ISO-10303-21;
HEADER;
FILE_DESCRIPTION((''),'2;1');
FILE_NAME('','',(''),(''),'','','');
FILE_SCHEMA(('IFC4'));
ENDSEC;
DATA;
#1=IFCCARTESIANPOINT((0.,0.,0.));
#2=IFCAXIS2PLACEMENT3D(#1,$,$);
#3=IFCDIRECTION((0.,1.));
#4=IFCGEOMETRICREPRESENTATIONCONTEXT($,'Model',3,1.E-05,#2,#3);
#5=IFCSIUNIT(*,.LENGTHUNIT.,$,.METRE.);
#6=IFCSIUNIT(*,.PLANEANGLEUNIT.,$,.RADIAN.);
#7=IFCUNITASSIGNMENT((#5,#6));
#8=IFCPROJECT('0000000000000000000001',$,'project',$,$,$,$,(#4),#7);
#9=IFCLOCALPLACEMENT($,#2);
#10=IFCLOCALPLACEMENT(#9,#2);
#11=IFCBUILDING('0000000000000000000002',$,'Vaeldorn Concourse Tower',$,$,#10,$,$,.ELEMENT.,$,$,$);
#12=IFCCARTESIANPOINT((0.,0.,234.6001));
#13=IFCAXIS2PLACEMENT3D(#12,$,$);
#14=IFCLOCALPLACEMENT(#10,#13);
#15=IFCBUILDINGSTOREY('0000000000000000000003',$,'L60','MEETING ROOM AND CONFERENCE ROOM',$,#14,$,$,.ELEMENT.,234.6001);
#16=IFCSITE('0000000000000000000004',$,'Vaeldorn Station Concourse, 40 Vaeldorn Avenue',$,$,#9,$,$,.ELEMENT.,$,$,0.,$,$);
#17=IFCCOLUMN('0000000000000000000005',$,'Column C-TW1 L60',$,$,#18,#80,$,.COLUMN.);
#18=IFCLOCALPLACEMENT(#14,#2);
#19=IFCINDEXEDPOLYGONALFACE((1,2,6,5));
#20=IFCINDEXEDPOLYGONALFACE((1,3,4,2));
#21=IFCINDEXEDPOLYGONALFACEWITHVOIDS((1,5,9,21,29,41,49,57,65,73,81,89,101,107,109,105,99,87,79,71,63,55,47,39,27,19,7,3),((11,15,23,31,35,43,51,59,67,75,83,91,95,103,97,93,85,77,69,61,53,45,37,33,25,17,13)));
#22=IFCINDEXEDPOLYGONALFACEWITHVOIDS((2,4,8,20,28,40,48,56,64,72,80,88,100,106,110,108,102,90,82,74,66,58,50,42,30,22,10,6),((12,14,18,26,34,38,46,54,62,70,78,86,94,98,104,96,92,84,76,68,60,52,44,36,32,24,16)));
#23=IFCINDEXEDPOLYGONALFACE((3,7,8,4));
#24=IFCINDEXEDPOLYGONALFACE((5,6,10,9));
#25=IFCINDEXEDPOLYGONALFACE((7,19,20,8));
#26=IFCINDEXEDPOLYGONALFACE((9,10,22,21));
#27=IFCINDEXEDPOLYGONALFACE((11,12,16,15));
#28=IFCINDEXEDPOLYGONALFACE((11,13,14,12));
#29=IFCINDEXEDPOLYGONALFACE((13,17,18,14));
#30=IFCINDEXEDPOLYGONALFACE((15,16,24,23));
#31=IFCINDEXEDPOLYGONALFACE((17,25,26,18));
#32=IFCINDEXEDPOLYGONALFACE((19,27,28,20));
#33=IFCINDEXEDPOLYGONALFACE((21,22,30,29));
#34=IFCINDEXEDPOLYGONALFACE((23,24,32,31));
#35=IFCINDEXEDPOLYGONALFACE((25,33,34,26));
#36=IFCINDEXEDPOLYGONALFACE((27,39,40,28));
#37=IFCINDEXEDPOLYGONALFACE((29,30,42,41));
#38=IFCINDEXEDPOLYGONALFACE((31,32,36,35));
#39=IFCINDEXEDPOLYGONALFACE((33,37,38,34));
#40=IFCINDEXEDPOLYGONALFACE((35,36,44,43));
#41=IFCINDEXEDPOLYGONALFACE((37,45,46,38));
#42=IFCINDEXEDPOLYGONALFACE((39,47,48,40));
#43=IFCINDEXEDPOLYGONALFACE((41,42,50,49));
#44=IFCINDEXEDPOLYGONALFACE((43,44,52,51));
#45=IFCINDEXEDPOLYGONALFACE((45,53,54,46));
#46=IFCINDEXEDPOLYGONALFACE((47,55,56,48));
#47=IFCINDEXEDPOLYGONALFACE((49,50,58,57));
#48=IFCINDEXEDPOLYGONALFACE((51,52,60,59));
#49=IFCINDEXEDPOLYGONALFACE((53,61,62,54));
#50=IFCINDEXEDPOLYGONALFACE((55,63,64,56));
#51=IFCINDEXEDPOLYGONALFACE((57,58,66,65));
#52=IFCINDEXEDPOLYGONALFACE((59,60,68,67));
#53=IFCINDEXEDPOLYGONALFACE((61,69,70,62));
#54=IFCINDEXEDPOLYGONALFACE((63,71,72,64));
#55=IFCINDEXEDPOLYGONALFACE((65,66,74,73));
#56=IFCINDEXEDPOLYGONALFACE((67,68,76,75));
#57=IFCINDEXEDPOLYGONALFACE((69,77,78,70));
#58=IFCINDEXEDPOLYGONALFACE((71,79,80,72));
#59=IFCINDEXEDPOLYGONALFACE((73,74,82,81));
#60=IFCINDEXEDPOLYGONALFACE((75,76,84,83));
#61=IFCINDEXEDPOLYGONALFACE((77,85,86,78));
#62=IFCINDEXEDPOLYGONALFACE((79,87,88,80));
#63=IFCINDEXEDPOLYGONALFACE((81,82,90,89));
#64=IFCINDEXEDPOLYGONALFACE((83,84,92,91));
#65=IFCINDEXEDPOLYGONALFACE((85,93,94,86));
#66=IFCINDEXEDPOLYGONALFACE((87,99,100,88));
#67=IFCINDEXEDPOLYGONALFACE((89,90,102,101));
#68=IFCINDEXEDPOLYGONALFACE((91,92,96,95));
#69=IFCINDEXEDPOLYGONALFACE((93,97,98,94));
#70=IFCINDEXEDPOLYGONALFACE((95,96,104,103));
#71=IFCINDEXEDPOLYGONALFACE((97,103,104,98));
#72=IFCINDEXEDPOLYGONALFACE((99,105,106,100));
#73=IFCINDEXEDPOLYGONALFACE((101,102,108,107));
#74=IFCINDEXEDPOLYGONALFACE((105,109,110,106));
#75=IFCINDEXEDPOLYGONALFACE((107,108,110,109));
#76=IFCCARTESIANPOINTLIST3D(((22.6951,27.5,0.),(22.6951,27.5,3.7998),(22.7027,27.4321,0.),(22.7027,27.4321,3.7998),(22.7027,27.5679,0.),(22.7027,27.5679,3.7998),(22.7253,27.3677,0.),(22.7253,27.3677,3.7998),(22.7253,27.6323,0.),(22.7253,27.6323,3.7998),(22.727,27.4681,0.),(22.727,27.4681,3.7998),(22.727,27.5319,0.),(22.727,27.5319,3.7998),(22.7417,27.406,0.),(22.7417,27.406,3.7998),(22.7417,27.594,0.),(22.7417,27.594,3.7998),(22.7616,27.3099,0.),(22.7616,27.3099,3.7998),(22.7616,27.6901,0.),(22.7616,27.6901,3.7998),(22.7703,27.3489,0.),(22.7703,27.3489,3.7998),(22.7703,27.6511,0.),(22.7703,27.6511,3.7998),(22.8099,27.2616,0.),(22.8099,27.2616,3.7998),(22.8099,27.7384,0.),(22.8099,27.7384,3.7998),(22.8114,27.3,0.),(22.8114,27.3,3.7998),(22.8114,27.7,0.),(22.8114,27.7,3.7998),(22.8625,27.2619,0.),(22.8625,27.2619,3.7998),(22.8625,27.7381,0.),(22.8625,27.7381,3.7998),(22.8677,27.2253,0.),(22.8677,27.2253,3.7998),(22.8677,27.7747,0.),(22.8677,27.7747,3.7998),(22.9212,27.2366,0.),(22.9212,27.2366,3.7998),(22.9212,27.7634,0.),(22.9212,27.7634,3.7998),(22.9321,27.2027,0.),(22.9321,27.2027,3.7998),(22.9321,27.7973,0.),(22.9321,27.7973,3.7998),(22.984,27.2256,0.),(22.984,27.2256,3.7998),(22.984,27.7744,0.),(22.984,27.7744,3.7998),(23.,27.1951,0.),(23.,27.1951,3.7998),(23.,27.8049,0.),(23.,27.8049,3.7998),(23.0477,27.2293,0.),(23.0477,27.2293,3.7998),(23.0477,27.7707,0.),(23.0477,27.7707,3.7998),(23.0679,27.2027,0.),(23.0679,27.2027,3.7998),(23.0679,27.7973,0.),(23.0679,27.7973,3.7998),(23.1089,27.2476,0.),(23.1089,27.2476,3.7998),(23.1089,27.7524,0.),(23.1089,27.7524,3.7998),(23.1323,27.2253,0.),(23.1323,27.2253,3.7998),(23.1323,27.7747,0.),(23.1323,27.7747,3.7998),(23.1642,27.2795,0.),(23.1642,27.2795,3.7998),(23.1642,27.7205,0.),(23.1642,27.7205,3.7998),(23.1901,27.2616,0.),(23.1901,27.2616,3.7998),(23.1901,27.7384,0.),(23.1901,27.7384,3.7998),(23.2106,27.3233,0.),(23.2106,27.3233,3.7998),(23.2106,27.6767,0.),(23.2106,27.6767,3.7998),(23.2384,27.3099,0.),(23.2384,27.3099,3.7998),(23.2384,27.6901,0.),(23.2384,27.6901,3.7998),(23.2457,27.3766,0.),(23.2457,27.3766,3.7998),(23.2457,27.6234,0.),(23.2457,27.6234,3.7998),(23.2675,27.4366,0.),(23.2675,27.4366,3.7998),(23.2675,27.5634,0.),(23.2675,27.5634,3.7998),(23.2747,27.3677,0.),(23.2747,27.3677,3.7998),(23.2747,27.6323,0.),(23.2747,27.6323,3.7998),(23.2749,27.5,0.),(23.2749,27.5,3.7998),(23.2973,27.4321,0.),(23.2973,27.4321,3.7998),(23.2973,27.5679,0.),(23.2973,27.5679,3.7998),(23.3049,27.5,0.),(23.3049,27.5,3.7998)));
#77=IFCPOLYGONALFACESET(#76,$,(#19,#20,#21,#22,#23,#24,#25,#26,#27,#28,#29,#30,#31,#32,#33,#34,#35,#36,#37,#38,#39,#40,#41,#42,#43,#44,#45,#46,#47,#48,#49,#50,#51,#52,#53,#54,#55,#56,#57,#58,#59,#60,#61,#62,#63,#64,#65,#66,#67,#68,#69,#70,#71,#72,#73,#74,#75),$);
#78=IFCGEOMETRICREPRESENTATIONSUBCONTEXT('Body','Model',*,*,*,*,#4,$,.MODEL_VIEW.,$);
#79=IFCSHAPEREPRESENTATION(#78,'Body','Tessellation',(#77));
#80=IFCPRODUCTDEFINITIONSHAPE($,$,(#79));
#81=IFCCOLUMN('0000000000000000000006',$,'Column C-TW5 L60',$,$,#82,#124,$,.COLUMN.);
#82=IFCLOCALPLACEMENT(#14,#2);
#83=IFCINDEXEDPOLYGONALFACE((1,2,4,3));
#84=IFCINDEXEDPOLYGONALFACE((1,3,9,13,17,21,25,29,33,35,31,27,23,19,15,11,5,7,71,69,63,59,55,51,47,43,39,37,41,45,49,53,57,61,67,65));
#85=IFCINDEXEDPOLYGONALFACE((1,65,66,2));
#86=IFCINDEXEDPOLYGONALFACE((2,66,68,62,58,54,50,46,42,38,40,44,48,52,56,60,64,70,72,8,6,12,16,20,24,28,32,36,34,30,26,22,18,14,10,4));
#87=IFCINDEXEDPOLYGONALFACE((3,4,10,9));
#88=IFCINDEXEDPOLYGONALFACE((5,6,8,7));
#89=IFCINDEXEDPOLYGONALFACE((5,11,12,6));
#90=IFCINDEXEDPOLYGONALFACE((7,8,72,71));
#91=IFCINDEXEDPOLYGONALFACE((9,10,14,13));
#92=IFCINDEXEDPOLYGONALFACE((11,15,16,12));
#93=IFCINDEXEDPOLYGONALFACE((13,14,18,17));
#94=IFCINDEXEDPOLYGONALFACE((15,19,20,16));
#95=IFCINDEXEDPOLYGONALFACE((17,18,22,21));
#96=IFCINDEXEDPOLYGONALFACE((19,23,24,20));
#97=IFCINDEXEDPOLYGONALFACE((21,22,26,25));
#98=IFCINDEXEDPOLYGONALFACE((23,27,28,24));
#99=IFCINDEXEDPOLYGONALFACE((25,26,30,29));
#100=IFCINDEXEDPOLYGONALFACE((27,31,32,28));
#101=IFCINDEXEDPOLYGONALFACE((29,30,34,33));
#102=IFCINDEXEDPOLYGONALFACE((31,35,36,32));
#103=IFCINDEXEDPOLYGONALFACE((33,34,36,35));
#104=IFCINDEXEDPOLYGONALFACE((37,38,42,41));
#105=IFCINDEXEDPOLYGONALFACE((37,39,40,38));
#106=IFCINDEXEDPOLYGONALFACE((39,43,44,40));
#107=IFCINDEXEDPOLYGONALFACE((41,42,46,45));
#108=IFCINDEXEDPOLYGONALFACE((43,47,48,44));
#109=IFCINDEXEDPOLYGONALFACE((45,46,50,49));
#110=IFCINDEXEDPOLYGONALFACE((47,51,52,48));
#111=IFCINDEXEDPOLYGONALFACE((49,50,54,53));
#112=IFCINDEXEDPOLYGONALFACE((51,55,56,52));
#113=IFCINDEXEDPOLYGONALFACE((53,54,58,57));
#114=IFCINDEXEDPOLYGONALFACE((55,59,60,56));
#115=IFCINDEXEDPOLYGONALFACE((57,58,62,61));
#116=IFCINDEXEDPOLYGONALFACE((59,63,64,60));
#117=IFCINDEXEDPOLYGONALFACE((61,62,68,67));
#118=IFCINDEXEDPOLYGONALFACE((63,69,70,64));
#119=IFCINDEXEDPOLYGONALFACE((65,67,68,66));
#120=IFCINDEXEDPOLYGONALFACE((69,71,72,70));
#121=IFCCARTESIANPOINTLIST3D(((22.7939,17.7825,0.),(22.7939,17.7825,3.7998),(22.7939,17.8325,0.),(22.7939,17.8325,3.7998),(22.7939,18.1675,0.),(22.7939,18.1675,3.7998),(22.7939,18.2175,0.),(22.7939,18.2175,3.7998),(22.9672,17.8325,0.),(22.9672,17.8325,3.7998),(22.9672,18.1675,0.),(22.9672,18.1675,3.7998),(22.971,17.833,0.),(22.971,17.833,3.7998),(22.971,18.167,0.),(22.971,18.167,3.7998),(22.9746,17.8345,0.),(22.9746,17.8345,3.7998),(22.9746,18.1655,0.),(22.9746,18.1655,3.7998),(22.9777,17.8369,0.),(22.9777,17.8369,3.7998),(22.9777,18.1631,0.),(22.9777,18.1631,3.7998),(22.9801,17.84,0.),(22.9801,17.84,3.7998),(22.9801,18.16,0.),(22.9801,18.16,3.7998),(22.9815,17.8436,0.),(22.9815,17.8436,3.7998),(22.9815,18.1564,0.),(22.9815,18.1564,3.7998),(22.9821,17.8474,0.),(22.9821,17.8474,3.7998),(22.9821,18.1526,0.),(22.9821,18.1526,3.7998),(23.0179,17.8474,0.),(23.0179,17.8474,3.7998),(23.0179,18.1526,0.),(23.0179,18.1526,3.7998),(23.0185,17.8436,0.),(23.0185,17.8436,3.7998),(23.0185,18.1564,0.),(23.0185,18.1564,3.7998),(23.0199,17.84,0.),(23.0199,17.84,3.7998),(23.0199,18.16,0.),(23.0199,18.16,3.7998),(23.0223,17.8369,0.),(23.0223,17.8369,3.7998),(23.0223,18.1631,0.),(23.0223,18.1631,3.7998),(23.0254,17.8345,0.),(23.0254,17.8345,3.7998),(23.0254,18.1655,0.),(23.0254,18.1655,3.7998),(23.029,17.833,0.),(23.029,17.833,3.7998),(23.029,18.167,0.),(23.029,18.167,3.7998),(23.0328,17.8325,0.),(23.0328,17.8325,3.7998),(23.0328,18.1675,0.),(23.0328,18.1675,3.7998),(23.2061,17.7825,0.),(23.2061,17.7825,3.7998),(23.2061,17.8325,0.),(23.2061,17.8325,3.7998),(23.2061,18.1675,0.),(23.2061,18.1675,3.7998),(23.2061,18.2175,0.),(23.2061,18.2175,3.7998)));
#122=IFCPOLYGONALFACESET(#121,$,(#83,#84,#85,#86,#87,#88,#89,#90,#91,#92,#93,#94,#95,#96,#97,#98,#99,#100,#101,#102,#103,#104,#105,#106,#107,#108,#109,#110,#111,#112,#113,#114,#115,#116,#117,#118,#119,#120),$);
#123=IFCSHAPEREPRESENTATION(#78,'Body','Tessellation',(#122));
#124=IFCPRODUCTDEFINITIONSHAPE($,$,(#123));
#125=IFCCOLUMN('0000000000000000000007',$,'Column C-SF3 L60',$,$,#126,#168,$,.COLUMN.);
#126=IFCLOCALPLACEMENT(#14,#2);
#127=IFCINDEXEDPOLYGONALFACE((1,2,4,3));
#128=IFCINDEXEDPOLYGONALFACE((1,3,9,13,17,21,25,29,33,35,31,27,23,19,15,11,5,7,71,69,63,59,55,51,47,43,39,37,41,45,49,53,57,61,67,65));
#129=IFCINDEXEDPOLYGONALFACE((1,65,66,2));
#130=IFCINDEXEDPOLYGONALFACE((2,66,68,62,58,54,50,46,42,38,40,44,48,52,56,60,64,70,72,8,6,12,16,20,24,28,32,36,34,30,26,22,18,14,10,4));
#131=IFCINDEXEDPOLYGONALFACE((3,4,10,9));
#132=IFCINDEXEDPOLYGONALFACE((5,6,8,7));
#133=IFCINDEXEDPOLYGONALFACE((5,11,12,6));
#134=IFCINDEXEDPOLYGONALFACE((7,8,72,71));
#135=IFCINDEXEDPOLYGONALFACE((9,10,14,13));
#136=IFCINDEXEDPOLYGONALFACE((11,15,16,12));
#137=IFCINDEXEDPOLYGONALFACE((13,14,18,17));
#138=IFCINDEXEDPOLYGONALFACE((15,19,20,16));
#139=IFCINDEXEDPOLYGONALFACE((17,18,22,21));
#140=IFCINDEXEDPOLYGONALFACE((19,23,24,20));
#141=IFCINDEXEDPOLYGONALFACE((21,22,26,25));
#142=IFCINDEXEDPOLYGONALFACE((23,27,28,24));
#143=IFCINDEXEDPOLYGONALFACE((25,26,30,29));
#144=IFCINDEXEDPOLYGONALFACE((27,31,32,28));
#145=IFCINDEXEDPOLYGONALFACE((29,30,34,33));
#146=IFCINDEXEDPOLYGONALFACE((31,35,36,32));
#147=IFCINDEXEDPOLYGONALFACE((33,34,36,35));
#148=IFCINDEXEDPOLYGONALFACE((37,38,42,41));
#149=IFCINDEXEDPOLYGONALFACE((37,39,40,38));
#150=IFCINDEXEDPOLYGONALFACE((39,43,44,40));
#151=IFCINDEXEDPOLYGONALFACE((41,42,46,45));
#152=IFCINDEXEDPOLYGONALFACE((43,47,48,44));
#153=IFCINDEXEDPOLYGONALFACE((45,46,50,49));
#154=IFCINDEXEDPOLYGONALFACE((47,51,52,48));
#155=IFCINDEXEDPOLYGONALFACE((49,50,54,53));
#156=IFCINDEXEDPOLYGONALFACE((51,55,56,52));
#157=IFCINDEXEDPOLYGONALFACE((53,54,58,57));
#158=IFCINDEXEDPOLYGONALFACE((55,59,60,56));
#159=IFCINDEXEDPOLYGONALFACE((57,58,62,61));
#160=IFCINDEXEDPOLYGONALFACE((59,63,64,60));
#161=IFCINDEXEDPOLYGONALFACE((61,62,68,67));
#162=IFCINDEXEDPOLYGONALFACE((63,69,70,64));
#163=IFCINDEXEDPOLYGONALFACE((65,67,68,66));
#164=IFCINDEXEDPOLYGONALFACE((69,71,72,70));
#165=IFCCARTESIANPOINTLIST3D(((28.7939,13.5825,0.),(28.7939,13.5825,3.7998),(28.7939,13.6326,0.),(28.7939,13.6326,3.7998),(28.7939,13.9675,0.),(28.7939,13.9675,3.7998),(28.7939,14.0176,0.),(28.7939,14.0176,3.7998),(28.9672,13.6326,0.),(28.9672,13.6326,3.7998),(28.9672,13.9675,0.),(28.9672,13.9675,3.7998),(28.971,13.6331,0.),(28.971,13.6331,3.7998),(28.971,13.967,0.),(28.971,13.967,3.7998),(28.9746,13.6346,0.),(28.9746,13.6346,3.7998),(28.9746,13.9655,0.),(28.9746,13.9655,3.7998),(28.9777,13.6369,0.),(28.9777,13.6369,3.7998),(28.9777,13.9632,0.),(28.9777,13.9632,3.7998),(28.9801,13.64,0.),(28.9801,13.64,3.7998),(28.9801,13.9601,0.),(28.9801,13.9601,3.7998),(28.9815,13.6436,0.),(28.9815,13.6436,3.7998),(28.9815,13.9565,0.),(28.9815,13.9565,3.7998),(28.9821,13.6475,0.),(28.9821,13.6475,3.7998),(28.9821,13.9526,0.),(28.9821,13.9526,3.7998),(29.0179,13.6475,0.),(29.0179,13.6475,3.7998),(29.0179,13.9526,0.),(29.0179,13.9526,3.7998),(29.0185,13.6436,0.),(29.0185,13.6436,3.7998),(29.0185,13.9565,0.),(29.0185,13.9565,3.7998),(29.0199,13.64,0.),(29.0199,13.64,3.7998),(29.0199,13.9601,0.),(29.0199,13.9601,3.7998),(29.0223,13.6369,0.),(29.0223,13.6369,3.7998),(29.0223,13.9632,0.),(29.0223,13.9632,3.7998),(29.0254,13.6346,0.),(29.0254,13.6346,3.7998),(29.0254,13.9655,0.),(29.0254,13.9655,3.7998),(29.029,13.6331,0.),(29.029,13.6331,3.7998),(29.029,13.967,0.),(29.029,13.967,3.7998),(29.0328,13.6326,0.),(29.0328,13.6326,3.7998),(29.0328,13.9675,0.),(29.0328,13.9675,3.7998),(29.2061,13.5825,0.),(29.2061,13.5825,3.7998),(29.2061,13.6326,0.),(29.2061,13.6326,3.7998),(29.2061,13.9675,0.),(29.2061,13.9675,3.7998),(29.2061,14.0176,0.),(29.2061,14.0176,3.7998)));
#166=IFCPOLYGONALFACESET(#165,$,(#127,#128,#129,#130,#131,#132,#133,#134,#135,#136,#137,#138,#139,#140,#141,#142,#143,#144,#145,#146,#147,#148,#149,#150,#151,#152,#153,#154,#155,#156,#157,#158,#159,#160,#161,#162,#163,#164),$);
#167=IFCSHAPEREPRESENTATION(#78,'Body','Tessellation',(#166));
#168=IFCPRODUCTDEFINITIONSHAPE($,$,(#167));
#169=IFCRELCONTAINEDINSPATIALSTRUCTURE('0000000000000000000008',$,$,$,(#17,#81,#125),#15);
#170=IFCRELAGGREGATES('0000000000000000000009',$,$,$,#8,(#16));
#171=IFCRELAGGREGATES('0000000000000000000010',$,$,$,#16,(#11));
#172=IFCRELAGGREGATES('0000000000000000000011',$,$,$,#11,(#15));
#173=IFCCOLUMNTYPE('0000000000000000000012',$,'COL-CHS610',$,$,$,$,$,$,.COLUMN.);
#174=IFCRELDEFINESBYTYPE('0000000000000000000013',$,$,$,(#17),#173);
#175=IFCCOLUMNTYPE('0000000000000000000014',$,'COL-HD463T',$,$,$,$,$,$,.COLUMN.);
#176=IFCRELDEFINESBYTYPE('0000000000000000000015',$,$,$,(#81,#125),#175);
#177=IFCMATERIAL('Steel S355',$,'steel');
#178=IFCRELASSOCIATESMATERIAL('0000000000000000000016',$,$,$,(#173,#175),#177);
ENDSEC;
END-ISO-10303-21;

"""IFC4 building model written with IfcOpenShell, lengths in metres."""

from ifc_helpers import new_model, si_unit, direction, frame, origin, origin_2d, place, context, subcontext, project, spatial, hollow_circle, i_section, extrude, source, transform, mapped, material, material_profile, profile_set, type_object, element, save


model = new_model("IFC4")

# Units and contexts
model_context = context("Model", 3, precision=1e-05, world=origin(), true_north=direction((0.0, 1.0)))
body_context = subcontext(model_context, "Body", "Model", "MODEL_VIEW")
ifc_project = project(units=[si_unit("LENGTHUNIT", "METRE"), si_unit("PLANEANGLEUNIT", "RADIAN")], contexts=[model_context])

# Site, building, storey
site_placement = place(None, origin())
site = spatial("IfcSite", under=ifc_project, at=site_placement, Name="Vaeldorn Station Concourse, 40 Vaeldorn Avenue", CompositionType="ELEMENT", RefElevation=0.0)
building_placement = place(site_placement, origin())
building = spatial("IfcBuilding", under=site, at=building_placement, Name="Vaeldorn Concourse Tower", CompositionType="ELEMENT")
storey_placement = place(building_placement, frame((0.0, 0.0, 234.6001)))
storey = spatial("IfcBuildingStorey", under=building, at=storey_placement, Name="L60", Description="MEETING ROOM AND CONFERENCE ROOM", CompositionType="ELEMENT", Elevation=234.6001)

# Columns
ifc_material_1 = material(Name="Steel S355", Category="steel")
ifc_material_profile_1 = material_profile(ifc_material_1, hollow_circle(Radius=0.3049, WallThickness=0.03, at=origin_2d()), Name="CHS 610x30")
ifc_profile_set_1 = profile_set([ifc_material_profile_1], Name="Steel S355")
column_type_1 = type_object("IfcColumnType", Name="COL-CHS610", PredefinedType="COLUMN", material=ifc_profile_set_1)
shared_shape_1 = source(origin(), body_context, "Body", "SweptSolid", [
    extrude(hollow_circle(Radius=0.3049, WallThickness=0.03, at=origin_2d()), origin(), (0.0, 0.0, 1.0), 3.7998),
])
column_placement = place(storey_placement, frame((23.0, 27.5, 0.0), z_axis=(0.0, 0.0, 1.0), x_axis=(1.0, 0.0, 0.0)))
element("IfcColumn", 1, at=column_placement, inside=storey, type_object=column_type_1, Name="Column C-TW1 L60", PredefinedType="COLUMN", context=body_context, shape_type="MappedRepresentation", body=[
    mapped(shared_shape_1, transform((0.0, 0.0, 0.0), scale=1.0)),
])
ifc_material_profile_2 = material_profile(ifc_material_1, i_section(OverallWidth=0.4121, OverallDepth=0.4351, WebThickness=0.0359, FlangeThickness=0.05, FilletRadius=0.0149, at=origin_2d()), Name="HD 400x463")
ifc_profile_set_2 = profile_set([ifc_material_profile_2], Name="Steel S355")
column_type_2 = type_object("IfcColumnType", Name="COL-HD463T", PredefinedType="COLUMN", material=ifc_profile_set_2)
shared_shape_2 = source(origin(), body_context, "Body", "SweptSolid", [
    extrude(i_section(OverallWidth=0.4121, OverallDepth=0.4351, WebThickness=0.0359, FlangeThickness=0.05, FilletRadius=0.0149, at=origin_2d()), origin(), (0.0, 0.0, 1.0), 3.7998),
])
for number, where, z_axis, x_axis, name in (
    (2, (23.0, 18.0, 0.0), (0.0, 0.0, 1.0), (1.0, 0.0, 0.0), "Column C-TW5 L60"),
    (3, (29.0, 13.8, 0.0), (0.0, 0.0, 1.0), (1.0, 0.0, 0.0), "Column C-SF3 L60"),
):
    element("IfcColumn", number, at=place(storey_placement, frame(where, z_axis=z_axis, x_axis=x_axis)), inside=storey, type_object=column_type_2, Name=name, PredefinedType="COLUMN", context=body_context, shape_type="MappedRepresentation", body=[
        mapped(shared_shape_2, transform((0.0, 0.0, 0.0), scale=1.0)),
    ])

save(model, "model.ifc")
